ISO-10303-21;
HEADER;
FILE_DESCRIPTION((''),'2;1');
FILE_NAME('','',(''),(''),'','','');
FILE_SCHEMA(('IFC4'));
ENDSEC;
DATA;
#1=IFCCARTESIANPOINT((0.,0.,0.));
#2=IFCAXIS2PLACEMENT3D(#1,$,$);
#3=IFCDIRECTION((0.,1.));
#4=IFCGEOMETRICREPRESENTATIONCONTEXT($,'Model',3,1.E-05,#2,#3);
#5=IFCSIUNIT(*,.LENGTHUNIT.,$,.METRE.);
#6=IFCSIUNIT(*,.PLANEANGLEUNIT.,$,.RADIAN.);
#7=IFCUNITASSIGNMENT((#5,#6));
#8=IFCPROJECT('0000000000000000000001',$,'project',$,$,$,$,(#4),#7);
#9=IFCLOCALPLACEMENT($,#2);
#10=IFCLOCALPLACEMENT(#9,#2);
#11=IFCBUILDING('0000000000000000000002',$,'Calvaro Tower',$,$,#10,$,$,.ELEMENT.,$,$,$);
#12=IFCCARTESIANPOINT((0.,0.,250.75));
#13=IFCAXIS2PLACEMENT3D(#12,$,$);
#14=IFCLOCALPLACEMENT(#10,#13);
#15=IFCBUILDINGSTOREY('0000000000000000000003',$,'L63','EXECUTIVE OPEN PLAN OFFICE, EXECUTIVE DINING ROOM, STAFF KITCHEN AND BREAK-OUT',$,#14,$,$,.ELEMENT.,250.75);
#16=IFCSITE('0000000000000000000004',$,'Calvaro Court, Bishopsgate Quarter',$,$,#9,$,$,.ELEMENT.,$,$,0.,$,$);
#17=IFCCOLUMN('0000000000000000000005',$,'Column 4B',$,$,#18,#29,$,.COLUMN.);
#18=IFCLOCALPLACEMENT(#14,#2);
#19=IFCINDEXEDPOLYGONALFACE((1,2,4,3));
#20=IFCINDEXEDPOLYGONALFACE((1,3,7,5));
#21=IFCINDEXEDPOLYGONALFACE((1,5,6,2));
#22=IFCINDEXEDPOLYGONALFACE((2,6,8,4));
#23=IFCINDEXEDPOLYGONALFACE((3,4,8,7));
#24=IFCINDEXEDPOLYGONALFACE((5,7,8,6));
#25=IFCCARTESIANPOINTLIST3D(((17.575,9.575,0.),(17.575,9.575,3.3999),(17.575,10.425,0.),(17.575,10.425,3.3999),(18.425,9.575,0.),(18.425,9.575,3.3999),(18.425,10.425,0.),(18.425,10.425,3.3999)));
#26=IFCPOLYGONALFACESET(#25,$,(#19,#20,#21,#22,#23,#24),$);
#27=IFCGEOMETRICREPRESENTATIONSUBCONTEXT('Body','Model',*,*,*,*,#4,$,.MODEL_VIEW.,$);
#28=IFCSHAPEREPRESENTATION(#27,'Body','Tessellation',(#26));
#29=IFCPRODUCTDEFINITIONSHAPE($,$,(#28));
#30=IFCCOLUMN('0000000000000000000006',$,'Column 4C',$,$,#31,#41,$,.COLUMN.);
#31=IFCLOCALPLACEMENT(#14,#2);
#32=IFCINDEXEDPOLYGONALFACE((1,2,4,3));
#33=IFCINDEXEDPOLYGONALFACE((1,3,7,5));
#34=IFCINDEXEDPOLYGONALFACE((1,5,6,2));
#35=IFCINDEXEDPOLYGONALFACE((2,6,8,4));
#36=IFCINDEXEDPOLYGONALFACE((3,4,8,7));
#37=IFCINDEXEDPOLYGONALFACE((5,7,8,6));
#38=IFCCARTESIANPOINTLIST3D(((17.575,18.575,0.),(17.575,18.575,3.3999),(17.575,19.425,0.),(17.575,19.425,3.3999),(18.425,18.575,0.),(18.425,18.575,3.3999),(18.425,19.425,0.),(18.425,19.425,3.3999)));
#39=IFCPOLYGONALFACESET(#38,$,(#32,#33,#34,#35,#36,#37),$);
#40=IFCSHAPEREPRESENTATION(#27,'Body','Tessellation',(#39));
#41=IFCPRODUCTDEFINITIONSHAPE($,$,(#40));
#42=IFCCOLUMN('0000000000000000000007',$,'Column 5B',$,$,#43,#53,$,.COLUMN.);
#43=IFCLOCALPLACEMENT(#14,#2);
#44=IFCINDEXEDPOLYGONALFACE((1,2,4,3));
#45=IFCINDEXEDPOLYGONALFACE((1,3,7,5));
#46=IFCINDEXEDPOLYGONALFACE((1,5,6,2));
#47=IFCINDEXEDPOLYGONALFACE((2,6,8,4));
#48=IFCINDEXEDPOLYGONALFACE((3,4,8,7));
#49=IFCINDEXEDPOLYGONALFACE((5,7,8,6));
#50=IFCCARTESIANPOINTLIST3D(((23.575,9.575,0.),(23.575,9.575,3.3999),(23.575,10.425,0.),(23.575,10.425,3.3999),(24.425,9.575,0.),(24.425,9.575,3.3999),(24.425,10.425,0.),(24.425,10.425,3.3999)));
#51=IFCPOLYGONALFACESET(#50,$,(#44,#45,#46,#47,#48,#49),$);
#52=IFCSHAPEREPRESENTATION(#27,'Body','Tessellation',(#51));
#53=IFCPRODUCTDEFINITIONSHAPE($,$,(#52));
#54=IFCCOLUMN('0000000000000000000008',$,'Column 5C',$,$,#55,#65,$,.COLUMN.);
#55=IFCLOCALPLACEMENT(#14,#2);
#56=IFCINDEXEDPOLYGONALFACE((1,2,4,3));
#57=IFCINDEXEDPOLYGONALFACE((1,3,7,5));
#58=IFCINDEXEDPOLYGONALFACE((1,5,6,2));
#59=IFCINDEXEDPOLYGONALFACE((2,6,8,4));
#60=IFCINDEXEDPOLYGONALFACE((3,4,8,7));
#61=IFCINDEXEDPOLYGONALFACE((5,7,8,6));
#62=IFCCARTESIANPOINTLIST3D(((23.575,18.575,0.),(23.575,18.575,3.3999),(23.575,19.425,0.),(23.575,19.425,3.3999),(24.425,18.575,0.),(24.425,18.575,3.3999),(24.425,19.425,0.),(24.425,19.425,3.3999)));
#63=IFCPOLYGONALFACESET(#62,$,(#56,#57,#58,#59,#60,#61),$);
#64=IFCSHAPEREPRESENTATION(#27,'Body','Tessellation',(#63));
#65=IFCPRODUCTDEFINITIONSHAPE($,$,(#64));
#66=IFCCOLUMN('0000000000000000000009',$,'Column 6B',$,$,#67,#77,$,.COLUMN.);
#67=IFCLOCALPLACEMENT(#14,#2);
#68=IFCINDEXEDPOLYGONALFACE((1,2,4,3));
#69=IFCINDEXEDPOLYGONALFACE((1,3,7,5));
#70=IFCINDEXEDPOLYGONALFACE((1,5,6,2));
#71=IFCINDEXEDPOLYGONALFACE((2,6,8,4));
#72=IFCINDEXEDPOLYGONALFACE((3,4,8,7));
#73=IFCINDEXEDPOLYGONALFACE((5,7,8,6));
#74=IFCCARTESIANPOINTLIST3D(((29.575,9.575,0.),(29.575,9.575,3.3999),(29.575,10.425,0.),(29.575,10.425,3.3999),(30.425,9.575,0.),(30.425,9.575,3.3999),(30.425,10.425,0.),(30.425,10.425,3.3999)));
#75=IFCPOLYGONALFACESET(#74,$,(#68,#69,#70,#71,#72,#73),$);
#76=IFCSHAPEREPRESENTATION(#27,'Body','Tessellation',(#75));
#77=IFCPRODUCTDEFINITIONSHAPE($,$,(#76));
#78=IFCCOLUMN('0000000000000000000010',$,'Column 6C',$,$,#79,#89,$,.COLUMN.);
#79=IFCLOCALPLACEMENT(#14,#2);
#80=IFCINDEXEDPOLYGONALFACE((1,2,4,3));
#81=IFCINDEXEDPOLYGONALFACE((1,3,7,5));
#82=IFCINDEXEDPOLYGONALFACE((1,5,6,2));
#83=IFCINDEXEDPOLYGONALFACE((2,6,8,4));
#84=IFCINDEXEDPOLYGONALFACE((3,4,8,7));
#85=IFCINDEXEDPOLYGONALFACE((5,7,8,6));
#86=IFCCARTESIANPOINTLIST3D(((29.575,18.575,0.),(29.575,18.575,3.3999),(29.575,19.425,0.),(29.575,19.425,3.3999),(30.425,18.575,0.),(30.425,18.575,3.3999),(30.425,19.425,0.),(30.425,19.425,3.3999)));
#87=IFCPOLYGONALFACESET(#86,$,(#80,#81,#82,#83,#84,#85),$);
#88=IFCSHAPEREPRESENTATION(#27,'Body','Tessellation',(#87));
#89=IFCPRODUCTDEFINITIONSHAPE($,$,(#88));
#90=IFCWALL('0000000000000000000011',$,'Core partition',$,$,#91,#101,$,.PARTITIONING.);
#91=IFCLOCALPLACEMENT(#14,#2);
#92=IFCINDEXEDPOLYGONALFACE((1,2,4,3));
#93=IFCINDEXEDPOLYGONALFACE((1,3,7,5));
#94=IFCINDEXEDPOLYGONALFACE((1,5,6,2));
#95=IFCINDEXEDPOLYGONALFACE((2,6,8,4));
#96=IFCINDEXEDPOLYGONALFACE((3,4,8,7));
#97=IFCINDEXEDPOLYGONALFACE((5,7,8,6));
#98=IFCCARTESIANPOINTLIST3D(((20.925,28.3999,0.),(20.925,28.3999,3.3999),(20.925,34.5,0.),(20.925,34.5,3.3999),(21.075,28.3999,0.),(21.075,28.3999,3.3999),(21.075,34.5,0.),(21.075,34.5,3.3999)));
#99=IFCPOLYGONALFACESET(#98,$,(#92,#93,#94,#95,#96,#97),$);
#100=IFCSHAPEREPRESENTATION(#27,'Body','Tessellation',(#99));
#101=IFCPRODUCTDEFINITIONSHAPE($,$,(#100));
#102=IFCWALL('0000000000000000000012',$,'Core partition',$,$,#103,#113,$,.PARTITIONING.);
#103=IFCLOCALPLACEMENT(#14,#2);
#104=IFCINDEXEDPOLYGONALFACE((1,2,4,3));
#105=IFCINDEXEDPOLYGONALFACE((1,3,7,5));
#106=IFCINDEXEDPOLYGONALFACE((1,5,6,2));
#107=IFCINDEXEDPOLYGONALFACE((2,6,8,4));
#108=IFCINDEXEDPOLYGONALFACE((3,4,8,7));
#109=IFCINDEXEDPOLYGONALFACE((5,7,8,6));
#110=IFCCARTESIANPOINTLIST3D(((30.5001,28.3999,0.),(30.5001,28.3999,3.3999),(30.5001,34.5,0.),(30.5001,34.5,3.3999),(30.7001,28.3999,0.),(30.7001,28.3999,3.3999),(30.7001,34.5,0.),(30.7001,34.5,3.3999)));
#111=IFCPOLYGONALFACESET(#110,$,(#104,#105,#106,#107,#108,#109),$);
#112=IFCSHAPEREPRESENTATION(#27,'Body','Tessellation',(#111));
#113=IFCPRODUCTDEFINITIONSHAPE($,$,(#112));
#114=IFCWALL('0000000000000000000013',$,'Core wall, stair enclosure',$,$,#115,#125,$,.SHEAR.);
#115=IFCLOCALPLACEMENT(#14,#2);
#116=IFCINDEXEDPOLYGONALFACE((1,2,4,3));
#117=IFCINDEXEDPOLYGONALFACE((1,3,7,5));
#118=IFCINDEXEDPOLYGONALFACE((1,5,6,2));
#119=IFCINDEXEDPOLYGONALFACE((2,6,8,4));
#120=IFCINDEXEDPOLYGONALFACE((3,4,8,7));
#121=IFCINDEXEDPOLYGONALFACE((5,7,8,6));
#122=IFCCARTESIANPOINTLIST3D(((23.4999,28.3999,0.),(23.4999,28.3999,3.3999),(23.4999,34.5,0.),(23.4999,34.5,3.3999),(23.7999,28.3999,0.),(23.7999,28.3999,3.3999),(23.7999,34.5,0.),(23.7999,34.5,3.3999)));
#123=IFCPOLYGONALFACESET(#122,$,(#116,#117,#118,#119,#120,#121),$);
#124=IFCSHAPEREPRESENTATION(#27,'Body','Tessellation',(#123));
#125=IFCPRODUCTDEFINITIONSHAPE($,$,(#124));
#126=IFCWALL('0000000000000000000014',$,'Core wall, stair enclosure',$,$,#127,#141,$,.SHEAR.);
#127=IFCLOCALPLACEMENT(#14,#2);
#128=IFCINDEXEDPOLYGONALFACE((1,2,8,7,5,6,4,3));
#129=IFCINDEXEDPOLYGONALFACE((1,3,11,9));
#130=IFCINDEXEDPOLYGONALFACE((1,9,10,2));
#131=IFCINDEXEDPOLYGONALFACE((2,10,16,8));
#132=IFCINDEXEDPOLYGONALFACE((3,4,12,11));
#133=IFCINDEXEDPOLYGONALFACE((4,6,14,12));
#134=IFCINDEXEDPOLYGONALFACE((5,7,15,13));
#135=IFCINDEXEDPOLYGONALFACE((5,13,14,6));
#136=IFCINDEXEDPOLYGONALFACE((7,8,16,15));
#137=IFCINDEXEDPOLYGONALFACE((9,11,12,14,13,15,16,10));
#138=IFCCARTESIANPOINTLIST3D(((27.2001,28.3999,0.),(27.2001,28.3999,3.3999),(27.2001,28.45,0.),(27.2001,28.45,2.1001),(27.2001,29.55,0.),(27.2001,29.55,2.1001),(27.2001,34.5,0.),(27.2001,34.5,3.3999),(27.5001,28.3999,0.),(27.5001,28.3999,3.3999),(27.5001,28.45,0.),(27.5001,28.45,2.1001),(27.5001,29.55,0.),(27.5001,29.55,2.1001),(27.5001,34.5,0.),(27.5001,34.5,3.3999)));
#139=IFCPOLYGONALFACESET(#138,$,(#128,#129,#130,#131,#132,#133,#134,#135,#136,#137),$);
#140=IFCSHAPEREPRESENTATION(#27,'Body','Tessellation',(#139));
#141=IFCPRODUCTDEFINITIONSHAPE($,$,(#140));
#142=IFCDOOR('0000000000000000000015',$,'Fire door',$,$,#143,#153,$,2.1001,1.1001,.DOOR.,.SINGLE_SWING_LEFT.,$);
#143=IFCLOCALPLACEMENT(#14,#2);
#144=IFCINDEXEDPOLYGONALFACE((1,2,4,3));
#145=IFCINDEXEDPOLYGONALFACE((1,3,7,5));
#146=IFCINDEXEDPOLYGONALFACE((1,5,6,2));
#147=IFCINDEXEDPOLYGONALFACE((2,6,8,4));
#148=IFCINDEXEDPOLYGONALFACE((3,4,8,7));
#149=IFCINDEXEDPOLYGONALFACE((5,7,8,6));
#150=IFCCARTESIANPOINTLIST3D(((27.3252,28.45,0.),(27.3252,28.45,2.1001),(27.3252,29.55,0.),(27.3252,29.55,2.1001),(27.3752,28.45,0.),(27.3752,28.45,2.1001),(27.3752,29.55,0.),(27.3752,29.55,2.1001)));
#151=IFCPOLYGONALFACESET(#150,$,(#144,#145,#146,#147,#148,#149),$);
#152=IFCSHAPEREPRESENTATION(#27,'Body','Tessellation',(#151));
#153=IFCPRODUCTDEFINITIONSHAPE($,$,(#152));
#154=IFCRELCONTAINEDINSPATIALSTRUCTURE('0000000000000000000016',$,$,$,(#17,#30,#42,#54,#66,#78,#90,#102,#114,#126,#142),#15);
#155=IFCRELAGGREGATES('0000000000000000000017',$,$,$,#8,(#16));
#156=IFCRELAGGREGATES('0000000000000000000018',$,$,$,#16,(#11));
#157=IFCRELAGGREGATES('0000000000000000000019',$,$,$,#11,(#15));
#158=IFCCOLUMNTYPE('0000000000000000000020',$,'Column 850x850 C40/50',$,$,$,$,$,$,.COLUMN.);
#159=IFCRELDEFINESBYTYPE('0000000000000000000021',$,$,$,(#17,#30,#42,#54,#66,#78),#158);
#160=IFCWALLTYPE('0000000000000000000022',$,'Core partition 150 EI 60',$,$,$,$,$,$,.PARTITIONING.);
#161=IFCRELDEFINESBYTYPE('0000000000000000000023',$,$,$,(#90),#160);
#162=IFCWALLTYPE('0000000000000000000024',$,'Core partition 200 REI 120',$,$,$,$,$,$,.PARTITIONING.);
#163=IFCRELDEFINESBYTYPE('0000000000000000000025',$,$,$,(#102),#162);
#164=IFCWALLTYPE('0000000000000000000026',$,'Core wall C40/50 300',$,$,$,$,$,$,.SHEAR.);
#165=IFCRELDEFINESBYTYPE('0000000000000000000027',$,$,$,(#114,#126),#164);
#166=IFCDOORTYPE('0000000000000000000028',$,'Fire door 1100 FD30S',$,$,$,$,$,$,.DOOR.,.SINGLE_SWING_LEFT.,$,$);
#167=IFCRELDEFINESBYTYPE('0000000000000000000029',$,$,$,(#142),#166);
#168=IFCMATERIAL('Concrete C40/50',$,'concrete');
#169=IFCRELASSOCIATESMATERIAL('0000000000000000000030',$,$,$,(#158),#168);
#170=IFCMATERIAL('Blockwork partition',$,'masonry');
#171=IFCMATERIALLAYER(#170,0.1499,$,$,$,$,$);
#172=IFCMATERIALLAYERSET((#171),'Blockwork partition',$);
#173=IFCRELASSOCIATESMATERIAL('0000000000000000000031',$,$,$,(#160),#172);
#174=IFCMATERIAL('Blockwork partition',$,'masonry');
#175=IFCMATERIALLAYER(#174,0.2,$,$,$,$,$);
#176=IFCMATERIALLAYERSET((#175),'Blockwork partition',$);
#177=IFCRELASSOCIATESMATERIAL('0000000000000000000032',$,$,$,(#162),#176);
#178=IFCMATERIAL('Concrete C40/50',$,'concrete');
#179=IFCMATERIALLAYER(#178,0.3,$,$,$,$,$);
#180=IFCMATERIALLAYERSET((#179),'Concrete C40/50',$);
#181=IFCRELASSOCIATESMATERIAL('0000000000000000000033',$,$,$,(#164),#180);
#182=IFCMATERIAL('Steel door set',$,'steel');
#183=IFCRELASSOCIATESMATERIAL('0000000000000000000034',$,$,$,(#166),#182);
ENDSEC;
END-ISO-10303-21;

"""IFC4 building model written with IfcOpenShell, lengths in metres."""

from ifc_helpers import new_model, si_unit, direction, frame, frame_2d, origin, origin_2d, place, context, subcontext, project, spatial, rectangle, extrude, material, layer, layer_set, material_profile, profile_set, type_object, element, fill, save


model = new_model("IFC4")

# Units and contexts
model_context = context("Model", 3, precision=1e-05, world=origin(), true_north=direction((0.0, 1.0)))
body_context = subcontext(model_context, "Body", "Model", "MODEL_VIEW")
ifc_project = project(units=[si_unit("LENGTHUNIT", "METRE"), si_unit("PLANEANGLEUNIT", "RADIAN")], contexts=[model_context])

# Site, building, storey
site_placement = place(None, origin())
site = spatial("IfcSite", under=ifc_project, at=site_placement, Name="Calvaro Court, Bishopsgate Quarter", CompositionType="ELEMENT", RefElevation=0.0)
building_placement = place(site_placement, origin())
building = spatial("IfcBuilding", under=site, at=building_placement, Name="Calvaro Tower", CompositionType="ELEMENT")
storey_placement = place(building_placement, frame((0.0, 0.0, 250.75)))
storey = spatial("IfcBuildingStorey", under=building, at=storey_placement, Name="L63", Description="EXECUTIVE OPEN PLAN OFFICE, EXECUTIVE DINING ROOM, STAFF KITCHEN AND BREAK-OUT", CompositionType="ELEMENT", Elevation=250.75)

# Columns
ifc_material_1 = material(Name="Concrete C40/50", Category="concrete")
ifc_material_profile = material_profile(ifc_material_1, rectangle(XDim=0.8501, YDim=0.8501, at=origin_2d()), Name="RC 850x850")
ifc_profile_set = profile_set([ifc_material_profile], Name="Concrete C40/50")
column_type = type_object("IfcColumnType", Name="Column 850x850 C40/50", PredefinedType="COLUMN", material=ifc_profile_set)
for number, where, z_axis, x_axis, name in (
    (1, (18.0, 10.0, 0.0), (0.0, 0.0, 1.0), (1.0, 0.0, 0.0), "Column 4B"),
    (2, (18.0, 19.0, 0.0), (0.0, 0.0, 1.0), (1.0, 0.0, 0.0), "Column 4C"),
    (3, (24.0, 10.0, 0.0), (0.0, 0.0, 1.0), (1.0, 0.0, 0.0), "Column 5B"),
    (4, (24.0, 19.0, 0.0), (0.0, 0.0, 1.0), (1.0, 0.0, 0.0), "Column 5C"),
    (5, (30.0, 10.0, 0.0), (0.0, 0.0, 1.0), (1.0, 0.0, 0.0), "Column 6B"),
    (6, (30.0, 19.0, 0.0), (0.0, 0.0, 1.0), (1.0, 0.0, 0.0), "Column 6C"),
):
    element("IfcColumn", number, at=place(storey_placement, frame(where, z_axis=z_axis, x_axis=x_axis)), inside=storey, type_object=column_type, Name=name, PredefinedType="COLUMN", context=body_context, shape_type="SweptSolid", body=[
        extrude(rectangle(XDim=0.8501, YDim=0.8501, at=origin_2d()), origin(), (0.0, 0.0, 1.0), 3.3999),
    ])

# Walls
ifc_material_2 = material(Name="Blockwork partition", Category="masonry")
ifc_layer_1 = layer(ifc_material_2, 0.1499)
ifc_layer_set_1 = layer_set([ifc_layer_1], Name="Blockwork partition")
wall_type_1 = type_object("IfcWallType", Name="Core partition 150 EI 60", PredefinedType="PARTITIONING", material=ifc_layer_set_1)
wall_1_placement = place(storey_placement, frame((21.0, 28.3999, 0.0), z_axis=(0.0, 0.0, 1.0), x_axis=(0.0, 1.0, 0.0)))
element("IfcWall", 7, at=wall_1_placement, inside=storey, type_object=wall_type_1, Name="Core partition", PredefinedType="PARTITIONING", context=body_context, shape_type="SweptSolid", body=[
    extrude(rectangle(XDim=6.1001, YDim=0.1499, at=frame_2d((3.05, 0.0))), origin(), (0.0, 0.0, 1.0), 3.3999),
])
ifc_material_3 = material(Name="Blockwork partition", Category="masonry")
ifc_layer_2 = layer(ifc_material_3, 0.2)
ifc_layer_set_2 = layer_set([ifc_layer_2], Name="Blockwork partition")
wall_type_2 = type_object("IfcWallType", Name="Core partition 200 REI 120", PredefinedType="PARTITIONING", material=ifc_layer_set_2)
wall_2_placement = place(storey_placement, frame((30.6001, 28.3999, 0.0), z_axis=(0.0, 0.0, 1.0), x_axis=(0.0, 1.0, 0.0)))
element("IfcWall", 8, at=wall_2_placement, inside=storey, type_object=wall_type_2, Name="Core partition", PredefinedType="PARTITIONING", context=body_context, shape_type="SweptSolid", body=[
    extrude(rectangle(XDim=6.1001, YDim=0.2, at=frame_2d((3.05, 0.0))), origin(), (0.0, 0.0, 1.0), 3.3999),
])
ifc_material_4 = material(Name="Concrete C40/50", Category="concrete")
ifc_layer_3 = layer(ifc_material_4, 0.3)
ifc_layer_set_3 = layer_set([ifc_layer_3], Name="Concrete C40/50")
wall_type_3 = type_object("IfcWallType", Name="Core wall C40/50 300", PredefinedType="SHEAR", material=ifc_layer_set_3)
wall_3_placement = place(storey_placement, frame((23.6499, 28.3999, 0.0), z_axis=(0.0, 0.0, 1.0), x_axis=(0.0, 1.0, 0.0)))
element("IfcWall", 9, at=wall_3_placement, inside=storey, type_object=wall_type_3, Name="Core wall, stair enclosure", PredefinedType="SHEAR", context=body_context, shape_type="SweptSolid", body=[
    extrude(rectangle(XDim=6.1001, YDim=0.3, at=frame_2d((3.05, 0.0))), origin(), (0.0, 0.0, 1.0), 3.3999),
])

# Wall, opening, door
wall_4_placement = place(storey_placement, frame((27.3501, 28.3999, 0.0), z_axis=(0.0, 0.0, 1.0), x_axis=(0.0, 1.0, 0.0)))
wall_4 = element("IfcWall", 10, at=wall_4_placement, inside=storey, type_object=wall_type_3, Name="Core wall, stair enclosure", PredefinedType="SHEAR", context=body_context, shape_type="SweptSolid", body=[
    extrude(rectangle(XDim=6.1001, YDim=0.3, at=frame_2d((3.05, 0.0))), origin(), (0.0, 0.0, 1.0), 3.3999),
])
opening_1_placement = place(wall_4_placement, frame((0.05, 0.0, 0.0)))
opening_1 = element("IfcOpeningElement", 11, at=opening_1_placement, cuts=wall_4, PredefinedType="OPENING", context=body_context, shape_type="SweptSolid", body=[
    extrude(rectangle(XDim=1.1001, YDim=2.1001, at=frame_2d((0.55, 1.05))), frame((0.0, 0.1599, 0.0), z_axis=(0.0, -1.0, 0.0), x_axis=(1.0, 0.0, 0.0)), (0.0, 0.0, 1.0), 0.3201),
])
ifc_material_5 = material(Name="Steel door set", Category="steel")
door_type_1 = type_object("IfcDoorType", Name="Fire door 1100 FD30S", OperationType="SINGLE_SWING_LEFT", PredefinedType="DOOR", material=ifc_material_5)
door_1_placement = place(opening_1_placement, origin())
door_1 = element("IfcDoor", 12, at=door_1_placement, inside=storey, type_object=door_type_1, Name="Fire door", OperationType="SINGLE_SWING_LEFT", OverallHeight=2.1001, OverallWidth=1.1001, PredefinedType="DOOR", context=body_context, shape_type="SweptSolid", body=[
    extrude(rectangle(XDim=1.1001, YDim=2.1001, at=frame_2d((0.55, 1.05))), frame((0.0, 0.0249, 0.0), z_axis=(0.0, -1.0, 0.0), x_axis=(1.0, 0.0, 0.0)), (0.0, 0.0, 1.0), 0.05),
])
fill(opening_1, door_1)

save(model, "model.ifc")
